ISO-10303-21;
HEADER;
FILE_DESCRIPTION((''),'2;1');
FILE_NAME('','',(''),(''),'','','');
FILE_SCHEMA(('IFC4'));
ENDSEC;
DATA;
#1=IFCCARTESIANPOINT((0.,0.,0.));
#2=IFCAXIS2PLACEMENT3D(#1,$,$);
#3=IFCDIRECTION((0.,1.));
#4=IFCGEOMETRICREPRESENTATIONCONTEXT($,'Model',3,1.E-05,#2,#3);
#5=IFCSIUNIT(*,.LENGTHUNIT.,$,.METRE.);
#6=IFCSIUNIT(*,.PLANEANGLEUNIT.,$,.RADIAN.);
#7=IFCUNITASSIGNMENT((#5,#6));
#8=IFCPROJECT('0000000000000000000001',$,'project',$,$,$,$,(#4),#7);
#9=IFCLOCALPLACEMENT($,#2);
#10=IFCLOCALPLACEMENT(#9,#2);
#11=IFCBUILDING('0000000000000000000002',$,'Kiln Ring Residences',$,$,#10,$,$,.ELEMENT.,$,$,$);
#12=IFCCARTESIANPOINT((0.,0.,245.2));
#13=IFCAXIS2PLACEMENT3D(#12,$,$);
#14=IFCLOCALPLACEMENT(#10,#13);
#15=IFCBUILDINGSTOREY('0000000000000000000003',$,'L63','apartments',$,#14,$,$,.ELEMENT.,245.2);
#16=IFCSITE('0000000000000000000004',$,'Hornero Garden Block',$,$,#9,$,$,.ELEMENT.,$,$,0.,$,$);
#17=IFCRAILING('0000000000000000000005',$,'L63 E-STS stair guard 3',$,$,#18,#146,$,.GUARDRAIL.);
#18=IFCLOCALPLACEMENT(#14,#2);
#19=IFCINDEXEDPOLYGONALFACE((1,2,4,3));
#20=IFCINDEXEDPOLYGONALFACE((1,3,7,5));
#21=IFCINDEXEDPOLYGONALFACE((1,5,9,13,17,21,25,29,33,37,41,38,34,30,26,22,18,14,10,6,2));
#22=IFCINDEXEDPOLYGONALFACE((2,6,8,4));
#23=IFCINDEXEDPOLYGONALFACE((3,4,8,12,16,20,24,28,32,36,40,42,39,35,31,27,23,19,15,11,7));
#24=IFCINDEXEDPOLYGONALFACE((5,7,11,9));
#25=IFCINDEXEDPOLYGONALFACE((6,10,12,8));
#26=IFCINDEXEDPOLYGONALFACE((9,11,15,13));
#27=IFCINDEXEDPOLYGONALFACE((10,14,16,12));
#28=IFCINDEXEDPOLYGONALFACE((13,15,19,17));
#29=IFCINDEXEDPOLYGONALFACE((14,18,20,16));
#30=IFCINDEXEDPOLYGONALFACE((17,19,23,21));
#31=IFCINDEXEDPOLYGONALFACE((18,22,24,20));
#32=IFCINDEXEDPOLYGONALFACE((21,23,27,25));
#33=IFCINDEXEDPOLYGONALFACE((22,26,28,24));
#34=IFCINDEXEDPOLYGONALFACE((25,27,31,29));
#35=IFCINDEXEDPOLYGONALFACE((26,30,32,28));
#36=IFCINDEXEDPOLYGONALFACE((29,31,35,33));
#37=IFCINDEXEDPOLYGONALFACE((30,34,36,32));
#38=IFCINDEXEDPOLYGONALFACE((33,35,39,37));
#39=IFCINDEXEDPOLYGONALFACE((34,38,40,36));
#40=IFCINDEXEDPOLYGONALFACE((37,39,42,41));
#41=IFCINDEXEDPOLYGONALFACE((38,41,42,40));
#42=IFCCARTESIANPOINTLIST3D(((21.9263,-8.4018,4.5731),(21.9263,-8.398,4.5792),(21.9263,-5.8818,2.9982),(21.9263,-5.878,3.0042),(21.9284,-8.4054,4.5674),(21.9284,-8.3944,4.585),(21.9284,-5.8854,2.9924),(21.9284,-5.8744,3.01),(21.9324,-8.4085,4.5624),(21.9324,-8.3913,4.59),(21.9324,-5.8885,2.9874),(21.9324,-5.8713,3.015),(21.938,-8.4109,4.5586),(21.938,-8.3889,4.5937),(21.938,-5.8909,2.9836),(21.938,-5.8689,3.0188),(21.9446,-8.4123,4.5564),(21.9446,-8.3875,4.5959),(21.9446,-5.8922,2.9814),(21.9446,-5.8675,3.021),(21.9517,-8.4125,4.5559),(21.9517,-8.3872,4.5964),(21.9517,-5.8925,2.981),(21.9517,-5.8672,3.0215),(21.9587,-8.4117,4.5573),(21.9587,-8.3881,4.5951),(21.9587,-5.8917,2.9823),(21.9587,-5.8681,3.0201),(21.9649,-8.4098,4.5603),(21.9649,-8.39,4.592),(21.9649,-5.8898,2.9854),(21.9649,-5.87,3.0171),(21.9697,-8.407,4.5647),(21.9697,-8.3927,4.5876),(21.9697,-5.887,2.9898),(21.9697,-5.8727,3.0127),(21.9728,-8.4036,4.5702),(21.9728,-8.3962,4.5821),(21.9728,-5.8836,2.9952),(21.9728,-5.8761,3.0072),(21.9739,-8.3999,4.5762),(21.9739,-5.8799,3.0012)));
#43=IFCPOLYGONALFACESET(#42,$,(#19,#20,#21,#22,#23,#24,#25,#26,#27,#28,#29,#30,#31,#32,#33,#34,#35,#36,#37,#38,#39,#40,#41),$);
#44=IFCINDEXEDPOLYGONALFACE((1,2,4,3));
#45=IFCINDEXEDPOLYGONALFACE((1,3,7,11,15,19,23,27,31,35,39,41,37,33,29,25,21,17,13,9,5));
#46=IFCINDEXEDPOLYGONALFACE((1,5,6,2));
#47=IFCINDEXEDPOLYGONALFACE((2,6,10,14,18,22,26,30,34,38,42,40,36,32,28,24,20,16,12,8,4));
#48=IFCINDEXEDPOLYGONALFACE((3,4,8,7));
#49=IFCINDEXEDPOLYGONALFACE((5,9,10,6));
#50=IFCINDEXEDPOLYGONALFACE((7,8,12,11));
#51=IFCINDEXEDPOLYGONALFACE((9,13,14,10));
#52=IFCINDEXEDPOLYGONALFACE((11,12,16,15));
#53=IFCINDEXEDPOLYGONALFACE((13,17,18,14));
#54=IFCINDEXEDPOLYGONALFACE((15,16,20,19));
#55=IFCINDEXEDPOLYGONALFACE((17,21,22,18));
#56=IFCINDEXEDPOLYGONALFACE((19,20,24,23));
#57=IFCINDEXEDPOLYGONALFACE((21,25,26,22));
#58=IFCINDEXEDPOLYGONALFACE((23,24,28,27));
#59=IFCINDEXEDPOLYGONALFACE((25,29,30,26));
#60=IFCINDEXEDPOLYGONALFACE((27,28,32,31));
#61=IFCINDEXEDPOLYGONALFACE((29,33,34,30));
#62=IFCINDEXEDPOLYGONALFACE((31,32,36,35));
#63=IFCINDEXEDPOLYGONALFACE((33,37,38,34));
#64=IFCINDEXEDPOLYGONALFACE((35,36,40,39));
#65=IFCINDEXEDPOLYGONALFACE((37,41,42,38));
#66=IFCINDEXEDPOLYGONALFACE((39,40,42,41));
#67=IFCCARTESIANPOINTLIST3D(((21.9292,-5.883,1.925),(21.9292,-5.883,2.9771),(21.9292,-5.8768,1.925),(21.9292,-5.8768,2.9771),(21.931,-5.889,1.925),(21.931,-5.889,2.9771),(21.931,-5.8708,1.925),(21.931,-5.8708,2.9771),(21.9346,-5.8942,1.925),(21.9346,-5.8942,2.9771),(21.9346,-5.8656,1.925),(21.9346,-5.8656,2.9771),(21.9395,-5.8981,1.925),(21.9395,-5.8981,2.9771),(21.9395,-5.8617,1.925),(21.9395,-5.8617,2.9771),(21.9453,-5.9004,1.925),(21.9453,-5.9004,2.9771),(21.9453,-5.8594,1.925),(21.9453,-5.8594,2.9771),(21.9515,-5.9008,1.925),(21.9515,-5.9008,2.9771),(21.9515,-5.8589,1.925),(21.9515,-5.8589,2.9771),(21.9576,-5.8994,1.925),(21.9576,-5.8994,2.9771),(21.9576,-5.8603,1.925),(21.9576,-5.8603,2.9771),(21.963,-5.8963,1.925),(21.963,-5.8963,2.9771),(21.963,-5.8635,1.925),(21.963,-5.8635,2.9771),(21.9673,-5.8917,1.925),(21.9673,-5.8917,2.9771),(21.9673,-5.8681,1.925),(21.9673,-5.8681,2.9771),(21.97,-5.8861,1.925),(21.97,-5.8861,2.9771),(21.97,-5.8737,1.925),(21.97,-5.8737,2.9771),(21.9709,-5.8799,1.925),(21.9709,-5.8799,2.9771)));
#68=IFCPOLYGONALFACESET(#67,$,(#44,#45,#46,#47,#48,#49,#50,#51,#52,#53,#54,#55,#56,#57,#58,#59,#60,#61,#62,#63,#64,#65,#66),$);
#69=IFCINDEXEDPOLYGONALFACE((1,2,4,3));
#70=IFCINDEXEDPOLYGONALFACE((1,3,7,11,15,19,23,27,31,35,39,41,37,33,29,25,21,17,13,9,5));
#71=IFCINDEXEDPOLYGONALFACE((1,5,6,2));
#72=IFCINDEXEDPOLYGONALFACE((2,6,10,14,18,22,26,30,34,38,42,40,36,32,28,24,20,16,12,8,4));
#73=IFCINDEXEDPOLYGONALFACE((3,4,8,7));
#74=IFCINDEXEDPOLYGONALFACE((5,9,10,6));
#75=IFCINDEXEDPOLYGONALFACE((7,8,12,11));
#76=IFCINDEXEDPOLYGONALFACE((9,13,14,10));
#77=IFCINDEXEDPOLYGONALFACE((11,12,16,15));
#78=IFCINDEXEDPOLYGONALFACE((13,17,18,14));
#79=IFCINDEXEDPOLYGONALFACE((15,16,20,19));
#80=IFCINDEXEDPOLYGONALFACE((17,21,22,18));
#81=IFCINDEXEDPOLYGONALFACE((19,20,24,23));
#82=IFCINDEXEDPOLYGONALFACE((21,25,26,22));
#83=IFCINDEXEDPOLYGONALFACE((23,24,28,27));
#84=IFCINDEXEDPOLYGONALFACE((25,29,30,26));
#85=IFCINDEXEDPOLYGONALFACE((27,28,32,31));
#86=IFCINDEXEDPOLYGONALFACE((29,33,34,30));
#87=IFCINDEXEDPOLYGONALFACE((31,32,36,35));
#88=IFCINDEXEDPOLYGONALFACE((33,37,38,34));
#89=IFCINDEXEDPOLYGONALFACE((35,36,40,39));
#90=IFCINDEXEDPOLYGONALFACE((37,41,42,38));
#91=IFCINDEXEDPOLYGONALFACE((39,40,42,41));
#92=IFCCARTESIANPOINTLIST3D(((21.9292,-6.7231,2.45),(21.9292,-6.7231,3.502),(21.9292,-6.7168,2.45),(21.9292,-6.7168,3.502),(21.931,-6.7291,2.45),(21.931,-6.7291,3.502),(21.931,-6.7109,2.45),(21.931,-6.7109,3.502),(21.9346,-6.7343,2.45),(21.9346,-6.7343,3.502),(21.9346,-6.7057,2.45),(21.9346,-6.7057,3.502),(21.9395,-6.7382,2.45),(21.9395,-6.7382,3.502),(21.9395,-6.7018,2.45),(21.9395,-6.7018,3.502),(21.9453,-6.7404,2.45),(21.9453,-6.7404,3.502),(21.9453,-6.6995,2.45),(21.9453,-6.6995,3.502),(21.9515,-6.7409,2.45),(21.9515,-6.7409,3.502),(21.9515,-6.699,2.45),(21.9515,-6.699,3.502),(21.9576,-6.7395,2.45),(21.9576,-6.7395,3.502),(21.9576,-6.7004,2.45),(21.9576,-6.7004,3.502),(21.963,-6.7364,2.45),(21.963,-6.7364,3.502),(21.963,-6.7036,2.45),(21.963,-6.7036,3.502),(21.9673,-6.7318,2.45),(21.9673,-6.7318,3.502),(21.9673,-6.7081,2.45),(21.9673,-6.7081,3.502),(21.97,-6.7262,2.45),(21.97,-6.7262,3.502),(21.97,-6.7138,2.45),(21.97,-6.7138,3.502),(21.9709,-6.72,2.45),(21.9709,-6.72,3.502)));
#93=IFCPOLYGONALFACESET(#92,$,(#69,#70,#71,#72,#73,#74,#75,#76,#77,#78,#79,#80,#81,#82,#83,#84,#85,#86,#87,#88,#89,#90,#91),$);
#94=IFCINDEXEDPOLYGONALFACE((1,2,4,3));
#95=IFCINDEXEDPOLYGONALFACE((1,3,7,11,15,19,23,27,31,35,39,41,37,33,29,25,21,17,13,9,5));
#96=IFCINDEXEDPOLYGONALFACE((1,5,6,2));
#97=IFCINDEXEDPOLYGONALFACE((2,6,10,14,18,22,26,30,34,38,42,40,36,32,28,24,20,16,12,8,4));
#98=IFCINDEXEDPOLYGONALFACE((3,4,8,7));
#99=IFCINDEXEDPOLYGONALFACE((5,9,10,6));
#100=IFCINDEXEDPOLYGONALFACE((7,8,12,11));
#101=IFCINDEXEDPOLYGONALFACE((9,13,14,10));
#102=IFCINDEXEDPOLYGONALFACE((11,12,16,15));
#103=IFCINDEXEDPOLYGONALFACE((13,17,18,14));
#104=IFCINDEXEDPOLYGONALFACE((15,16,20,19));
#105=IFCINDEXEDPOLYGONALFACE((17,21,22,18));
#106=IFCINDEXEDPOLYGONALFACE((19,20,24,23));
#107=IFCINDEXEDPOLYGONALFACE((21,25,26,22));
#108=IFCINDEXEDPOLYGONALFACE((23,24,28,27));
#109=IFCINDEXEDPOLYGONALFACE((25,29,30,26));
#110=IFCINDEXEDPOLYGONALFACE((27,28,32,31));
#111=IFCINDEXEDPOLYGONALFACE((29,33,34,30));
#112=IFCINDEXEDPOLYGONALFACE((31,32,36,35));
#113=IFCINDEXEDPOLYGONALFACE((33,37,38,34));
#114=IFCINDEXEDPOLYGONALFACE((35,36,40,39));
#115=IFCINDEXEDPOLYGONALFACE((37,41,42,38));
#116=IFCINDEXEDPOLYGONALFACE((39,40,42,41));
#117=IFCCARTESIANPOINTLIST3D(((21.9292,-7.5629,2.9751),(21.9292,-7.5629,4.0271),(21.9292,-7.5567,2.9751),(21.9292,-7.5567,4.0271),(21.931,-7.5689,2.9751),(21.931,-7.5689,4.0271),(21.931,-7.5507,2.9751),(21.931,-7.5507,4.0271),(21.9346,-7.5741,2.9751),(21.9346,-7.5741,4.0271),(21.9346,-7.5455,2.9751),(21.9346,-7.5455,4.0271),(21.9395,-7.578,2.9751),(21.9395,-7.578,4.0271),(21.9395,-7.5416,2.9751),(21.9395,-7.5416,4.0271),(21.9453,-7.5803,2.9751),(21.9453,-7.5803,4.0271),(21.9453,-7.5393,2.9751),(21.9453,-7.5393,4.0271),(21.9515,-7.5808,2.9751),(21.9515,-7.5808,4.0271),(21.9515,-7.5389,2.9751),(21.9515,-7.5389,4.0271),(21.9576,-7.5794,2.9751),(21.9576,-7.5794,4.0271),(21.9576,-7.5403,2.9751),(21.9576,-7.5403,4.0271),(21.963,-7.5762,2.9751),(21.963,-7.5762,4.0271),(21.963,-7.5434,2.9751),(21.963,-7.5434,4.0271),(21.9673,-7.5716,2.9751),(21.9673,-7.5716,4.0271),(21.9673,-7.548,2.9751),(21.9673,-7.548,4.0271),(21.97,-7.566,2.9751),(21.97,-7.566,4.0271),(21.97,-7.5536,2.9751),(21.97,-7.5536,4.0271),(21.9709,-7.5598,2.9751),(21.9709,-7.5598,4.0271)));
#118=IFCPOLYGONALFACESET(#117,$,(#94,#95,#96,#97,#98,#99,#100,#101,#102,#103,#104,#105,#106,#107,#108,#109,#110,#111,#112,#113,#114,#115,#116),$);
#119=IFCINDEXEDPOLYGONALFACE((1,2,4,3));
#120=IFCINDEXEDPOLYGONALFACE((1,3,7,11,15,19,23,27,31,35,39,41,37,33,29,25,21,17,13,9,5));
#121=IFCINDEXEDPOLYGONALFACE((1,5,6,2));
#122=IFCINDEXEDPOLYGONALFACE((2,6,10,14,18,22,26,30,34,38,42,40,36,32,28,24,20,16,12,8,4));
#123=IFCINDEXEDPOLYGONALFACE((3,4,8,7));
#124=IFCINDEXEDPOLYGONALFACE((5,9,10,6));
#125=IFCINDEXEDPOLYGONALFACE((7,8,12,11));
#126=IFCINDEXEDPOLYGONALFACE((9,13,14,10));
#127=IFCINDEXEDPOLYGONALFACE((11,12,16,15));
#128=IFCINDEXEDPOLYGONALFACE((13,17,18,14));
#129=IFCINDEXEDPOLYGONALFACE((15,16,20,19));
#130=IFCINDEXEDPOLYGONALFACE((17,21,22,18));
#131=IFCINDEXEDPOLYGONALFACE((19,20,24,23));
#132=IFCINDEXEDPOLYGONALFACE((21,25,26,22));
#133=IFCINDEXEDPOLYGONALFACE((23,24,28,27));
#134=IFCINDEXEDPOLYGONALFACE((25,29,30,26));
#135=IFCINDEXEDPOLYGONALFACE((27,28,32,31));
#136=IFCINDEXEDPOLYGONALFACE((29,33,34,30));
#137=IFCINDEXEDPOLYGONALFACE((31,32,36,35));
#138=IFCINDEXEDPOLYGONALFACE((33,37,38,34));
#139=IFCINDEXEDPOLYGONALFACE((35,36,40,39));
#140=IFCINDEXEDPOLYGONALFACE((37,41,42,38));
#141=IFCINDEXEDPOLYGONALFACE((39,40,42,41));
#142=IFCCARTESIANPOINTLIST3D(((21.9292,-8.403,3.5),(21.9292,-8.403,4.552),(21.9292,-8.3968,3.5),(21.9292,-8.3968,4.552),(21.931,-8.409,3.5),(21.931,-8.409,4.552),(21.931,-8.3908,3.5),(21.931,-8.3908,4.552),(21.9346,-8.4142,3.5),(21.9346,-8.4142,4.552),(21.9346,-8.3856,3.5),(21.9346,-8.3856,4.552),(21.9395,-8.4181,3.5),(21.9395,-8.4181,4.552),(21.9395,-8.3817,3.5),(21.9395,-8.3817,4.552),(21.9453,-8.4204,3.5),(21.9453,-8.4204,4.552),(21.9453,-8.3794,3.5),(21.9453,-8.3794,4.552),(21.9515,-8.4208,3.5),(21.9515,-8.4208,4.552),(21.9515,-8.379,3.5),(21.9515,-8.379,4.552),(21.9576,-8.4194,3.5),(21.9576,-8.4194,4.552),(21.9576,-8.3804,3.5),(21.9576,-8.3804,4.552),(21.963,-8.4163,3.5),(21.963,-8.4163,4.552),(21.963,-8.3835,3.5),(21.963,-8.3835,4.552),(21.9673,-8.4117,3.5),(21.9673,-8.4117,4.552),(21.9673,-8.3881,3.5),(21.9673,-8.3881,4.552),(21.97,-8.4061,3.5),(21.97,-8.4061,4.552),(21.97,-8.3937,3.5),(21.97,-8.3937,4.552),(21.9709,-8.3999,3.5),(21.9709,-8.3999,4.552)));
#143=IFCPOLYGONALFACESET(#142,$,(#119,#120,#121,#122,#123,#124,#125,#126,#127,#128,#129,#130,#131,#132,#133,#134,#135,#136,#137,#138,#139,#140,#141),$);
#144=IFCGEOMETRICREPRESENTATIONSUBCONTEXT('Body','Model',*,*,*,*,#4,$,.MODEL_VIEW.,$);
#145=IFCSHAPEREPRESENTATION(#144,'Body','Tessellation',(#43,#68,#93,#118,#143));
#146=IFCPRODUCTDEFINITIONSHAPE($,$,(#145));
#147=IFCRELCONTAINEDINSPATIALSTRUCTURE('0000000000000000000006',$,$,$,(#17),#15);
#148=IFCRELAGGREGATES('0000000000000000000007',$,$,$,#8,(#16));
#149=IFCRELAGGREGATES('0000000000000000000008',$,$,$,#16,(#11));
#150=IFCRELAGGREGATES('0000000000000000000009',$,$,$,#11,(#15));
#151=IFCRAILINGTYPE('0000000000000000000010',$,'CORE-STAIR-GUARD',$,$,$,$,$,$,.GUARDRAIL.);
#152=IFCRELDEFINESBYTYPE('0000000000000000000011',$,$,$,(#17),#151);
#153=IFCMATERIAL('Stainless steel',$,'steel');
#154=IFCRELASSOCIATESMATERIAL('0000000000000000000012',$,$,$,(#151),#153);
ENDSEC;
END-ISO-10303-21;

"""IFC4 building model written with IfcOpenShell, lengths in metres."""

from ifc_helpers import new_model, si_unit, direction, frame, origin, origin_2d, place, context, subcontext, project, spatial, circle, extrude, material, type_object, element, save


model = new_model("IFC4")

# Units and contexts
model_context = context("Model", 3, precision=1e-05, world=origin(), true_north=direction((0.0, 1.0)))
body_context = subcontext(model_context, "Body", "Model", "MODEL_VIEW")
ifc_project = project(units=[si_unit("LENGTHUNIT", "METRE"), si_unit("PLANEANGLEUNIT", "RADIAN")], contexts=[model_context])

# Site, building, storey
site_placement = place(None, origin())
site = spatial("IfcSite", under=ifc_project, at=site_placement, Name="Hornero Garden Block", CompositionType="ELEMENT", RefElevation=0.0)
building_placement = place(site_placement, origin())
building = spatial("IfcBuilding", under=site, at=building_placement, Name="Kiln Ring Residences", CompositionType="ELEMENT")
storey_placement = place(building_placement, frame((0.0, 0.0, 245.2)))
storey = spatial("IfcBuildingStorey", under=building, at=storey_placement, Name="L63", Description="apartments", CompositionType="ELEMENT", Elevation=245.2)

# Railing
ifc_material_1 = material(Name="Stainless steel", Category="steel")
railing_type_1 = type_object("IfcRailingType", Name="CORE-STAIR-GUARD", PredefinedType="GUARDRAIL", material=ifc_material_1)
railing_1_placement = place(storey_placement, frame((21.95, -5.8799, 1.925)))
element("IfcRailing", 1, at=railing_1_placement, inside=storey, type_object=railing_type_1, Name="L63 E-STS stair guard 3", PredefinedType="GUARDRAIL", context=body_context, shape_type="SweptSolid", body=[
    extrude(circle(Radius=0.0239, at=origin_2d()), frame((0.0, 0.0, 1.0762), z_axis=(0.0, -0.848008, 0.529984), x_axis=(1.0, 0.0, 0.0)), (0.0, 0.0, 1.0), 2.9717),
    extrude(circle(Radius=0.021, at=origin_2d()), origin(), (0.0, 0.0, 1.0), 1.052),
    extrude(circle(Radius=0.021, at=origin_2d()), frame((0.0, -0.8401, 0.5249)), (0.0, 0.0, 1.0), 1.052),
    extrude(circle(Radius=0.021, at=origin_2d()), frame((0.0, -1.6799, 1.05)), (0.0, 0.0, 1.0), 1.052),
    extrude(circle(Radius=0.021, at=origin_2d()), frame((0.0, -2.52, 1.575)), (0.0, 0.0, 1.0), 1.052),
])

save(model, "model.ifc")
